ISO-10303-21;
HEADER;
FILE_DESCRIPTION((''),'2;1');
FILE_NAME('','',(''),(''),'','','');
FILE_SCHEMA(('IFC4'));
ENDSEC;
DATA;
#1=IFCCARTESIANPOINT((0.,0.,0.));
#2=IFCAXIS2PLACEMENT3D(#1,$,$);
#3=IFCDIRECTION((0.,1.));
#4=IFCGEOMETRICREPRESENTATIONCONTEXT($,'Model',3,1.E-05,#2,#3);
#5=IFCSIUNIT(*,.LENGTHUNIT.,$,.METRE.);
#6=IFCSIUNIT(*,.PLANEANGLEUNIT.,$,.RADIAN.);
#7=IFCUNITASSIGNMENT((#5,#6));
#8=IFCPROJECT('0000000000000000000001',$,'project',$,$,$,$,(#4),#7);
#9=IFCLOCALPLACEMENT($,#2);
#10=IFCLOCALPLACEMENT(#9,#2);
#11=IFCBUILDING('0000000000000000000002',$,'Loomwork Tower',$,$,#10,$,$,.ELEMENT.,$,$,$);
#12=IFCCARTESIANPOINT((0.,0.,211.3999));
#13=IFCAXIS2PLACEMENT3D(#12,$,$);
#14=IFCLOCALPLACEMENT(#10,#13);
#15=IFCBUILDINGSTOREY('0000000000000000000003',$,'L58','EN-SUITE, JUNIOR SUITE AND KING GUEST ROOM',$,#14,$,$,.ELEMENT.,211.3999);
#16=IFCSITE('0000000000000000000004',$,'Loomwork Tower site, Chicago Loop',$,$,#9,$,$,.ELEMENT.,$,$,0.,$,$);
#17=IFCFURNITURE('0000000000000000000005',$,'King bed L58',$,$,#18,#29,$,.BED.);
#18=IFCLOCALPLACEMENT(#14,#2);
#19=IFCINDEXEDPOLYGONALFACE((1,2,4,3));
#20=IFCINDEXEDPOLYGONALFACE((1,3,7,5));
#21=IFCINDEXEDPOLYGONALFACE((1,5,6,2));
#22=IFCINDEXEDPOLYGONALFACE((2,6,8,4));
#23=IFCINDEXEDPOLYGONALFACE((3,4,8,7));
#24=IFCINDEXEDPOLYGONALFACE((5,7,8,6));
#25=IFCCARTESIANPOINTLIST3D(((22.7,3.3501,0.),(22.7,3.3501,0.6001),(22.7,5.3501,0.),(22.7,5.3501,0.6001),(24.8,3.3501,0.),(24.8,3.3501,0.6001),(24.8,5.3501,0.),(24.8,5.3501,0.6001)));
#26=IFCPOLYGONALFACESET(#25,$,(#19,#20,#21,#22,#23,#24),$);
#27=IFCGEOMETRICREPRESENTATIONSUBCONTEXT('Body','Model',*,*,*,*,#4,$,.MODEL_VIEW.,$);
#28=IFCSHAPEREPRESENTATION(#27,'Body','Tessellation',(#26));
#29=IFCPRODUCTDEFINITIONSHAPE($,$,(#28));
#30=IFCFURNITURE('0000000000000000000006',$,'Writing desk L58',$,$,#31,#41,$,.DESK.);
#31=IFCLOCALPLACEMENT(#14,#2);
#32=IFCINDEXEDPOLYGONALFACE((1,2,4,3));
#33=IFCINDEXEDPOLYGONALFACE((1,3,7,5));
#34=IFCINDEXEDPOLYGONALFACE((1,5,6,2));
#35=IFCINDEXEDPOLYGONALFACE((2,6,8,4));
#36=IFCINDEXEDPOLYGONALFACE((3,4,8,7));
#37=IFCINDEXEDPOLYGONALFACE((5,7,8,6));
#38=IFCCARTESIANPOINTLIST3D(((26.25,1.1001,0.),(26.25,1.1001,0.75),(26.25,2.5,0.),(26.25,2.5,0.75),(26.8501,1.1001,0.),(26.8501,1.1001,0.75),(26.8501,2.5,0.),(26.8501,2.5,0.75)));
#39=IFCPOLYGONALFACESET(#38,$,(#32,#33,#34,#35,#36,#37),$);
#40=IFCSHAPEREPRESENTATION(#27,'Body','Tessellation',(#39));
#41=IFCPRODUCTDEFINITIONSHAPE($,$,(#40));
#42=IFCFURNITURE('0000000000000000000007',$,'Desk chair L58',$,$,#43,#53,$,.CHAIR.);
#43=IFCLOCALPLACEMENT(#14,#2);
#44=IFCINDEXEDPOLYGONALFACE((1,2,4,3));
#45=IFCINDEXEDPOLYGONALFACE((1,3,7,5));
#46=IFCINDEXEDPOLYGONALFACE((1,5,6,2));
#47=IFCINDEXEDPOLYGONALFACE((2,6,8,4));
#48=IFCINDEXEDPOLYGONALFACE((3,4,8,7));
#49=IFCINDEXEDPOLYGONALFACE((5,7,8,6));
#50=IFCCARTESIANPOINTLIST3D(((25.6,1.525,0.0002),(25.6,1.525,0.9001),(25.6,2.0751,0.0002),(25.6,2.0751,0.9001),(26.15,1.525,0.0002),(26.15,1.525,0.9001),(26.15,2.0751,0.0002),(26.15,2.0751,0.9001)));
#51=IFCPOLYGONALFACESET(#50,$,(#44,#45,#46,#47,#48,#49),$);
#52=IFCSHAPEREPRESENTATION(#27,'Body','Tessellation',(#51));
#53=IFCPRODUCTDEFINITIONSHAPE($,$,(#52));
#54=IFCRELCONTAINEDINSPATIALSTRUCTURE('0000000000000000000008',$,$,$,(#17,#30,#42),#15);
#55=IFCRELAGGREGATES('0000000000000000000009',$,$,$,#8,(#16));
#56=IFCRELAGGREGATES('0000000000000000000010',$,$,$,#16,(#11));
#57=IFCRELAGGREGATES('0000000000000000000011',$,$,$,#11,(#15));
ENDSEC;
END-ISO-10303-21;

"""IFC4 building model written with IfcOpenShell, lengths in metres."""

from ifc_helpers import new_model, si_unit, direction, frame, origin, origin_2d, place, context, subcontext, project, spatial, rectangle, extrude, element, save


model = new_model("IFC4")

# Units and contexts
model_context = context("Model", 3, precision=1e-05, world=origin(), true_north=direction((0.0, 1.0)))
body_context = subcontext(model_context, "Body", "Model", "MODEL_VIEW")
ifc_project = project(units=[si_unit("LENGTHUNIT", "METRE"), si_unit("PLANEANGLEUNIT", "RADIAN")], contexts=[model_context])

# Site, building, storey
site_placement = place(None, origin())
site = spatial("IfcSite", under=ifc_project, at=site_placement, Name="Loomwork Tower site, Chicago Loop", CompositionType="ELEMENT", RefElevation=0.0)
building_placement = place(site_placement, origin())
building = spatial("IfcBuilding", under=site, at=building_placement, Name="Loomwork Tower", CompositionType="ELEMENT")
storey_placement = place(building_placement, frame((0.0, 0.0, 211.3999)))
storey = spatial("IfcBuildingStorey", under=building, at=storey_placement, Name="L58", Description="EN-SUITE, JUNIOR SUITE AND KING GUEST ROOM", CompositionType="ELEMENT", Elevation=211.3999)

# Furniture
for number, where, z_axis, x_axis, name in (
    (1, (23.75, 4.3501, 0.0), (0.0, 0.0, 1.0), (1.0, 0.0, 0.0), "King bed L58"),
):
    element("IfcFurniture", number, at=place(storey_placement, frame(where, z_axis=z_axis, x_axis=x_axis)), inside=storey, Name=name, PredefinedType="BED", context=body_context, shape_type="SweptSolid", body=[
        extrude(rectangle(XDim=2.1001, YDim=2.0, at=origin_2d()), origin(), (0.0, 0.0, 1.0), 0.6001),
    ])
furniture_1_placement = place(storey_placement, frame((26.55, 1.8, 0.0), z_axis=(0.0, 0.0, 1.0), x_axis=(1.0, 0.0, 0.0)))
element("IfcFurniture", 2, at=furniture_1_placement, inside=storey, Name="Writing desk L58", PredefinedType="DESK", context=body_context, shape_type="SweptSolid", body=[
    extrude(rectangle(XDim=0.6001, YDim=1.3999, at=origin_2d()), origin(), (0.0, 0.0, 1.0), 0.75),
])
furniture_2_placement = place(storey_placement, frame((25.875, 1.8, 0.0002), z_axis=(0.0, 0.0, 1.0), x_axis=(1.0, 0.0, 0.0)))
element("IfcFurniture", 3, at=furniture_2_placement, inside=storey, Name="Desk chair L58", PredefinedType="CHAIR", context=body_context, shape_type="SweptSolid", body=[
    extrude(rectangle(XDim=0.55, YDim=0.55, at=origin_2d()), origin(), (0.0, 0.0, 1.0), 0.8999),
])

save(model, "model.ifc")
